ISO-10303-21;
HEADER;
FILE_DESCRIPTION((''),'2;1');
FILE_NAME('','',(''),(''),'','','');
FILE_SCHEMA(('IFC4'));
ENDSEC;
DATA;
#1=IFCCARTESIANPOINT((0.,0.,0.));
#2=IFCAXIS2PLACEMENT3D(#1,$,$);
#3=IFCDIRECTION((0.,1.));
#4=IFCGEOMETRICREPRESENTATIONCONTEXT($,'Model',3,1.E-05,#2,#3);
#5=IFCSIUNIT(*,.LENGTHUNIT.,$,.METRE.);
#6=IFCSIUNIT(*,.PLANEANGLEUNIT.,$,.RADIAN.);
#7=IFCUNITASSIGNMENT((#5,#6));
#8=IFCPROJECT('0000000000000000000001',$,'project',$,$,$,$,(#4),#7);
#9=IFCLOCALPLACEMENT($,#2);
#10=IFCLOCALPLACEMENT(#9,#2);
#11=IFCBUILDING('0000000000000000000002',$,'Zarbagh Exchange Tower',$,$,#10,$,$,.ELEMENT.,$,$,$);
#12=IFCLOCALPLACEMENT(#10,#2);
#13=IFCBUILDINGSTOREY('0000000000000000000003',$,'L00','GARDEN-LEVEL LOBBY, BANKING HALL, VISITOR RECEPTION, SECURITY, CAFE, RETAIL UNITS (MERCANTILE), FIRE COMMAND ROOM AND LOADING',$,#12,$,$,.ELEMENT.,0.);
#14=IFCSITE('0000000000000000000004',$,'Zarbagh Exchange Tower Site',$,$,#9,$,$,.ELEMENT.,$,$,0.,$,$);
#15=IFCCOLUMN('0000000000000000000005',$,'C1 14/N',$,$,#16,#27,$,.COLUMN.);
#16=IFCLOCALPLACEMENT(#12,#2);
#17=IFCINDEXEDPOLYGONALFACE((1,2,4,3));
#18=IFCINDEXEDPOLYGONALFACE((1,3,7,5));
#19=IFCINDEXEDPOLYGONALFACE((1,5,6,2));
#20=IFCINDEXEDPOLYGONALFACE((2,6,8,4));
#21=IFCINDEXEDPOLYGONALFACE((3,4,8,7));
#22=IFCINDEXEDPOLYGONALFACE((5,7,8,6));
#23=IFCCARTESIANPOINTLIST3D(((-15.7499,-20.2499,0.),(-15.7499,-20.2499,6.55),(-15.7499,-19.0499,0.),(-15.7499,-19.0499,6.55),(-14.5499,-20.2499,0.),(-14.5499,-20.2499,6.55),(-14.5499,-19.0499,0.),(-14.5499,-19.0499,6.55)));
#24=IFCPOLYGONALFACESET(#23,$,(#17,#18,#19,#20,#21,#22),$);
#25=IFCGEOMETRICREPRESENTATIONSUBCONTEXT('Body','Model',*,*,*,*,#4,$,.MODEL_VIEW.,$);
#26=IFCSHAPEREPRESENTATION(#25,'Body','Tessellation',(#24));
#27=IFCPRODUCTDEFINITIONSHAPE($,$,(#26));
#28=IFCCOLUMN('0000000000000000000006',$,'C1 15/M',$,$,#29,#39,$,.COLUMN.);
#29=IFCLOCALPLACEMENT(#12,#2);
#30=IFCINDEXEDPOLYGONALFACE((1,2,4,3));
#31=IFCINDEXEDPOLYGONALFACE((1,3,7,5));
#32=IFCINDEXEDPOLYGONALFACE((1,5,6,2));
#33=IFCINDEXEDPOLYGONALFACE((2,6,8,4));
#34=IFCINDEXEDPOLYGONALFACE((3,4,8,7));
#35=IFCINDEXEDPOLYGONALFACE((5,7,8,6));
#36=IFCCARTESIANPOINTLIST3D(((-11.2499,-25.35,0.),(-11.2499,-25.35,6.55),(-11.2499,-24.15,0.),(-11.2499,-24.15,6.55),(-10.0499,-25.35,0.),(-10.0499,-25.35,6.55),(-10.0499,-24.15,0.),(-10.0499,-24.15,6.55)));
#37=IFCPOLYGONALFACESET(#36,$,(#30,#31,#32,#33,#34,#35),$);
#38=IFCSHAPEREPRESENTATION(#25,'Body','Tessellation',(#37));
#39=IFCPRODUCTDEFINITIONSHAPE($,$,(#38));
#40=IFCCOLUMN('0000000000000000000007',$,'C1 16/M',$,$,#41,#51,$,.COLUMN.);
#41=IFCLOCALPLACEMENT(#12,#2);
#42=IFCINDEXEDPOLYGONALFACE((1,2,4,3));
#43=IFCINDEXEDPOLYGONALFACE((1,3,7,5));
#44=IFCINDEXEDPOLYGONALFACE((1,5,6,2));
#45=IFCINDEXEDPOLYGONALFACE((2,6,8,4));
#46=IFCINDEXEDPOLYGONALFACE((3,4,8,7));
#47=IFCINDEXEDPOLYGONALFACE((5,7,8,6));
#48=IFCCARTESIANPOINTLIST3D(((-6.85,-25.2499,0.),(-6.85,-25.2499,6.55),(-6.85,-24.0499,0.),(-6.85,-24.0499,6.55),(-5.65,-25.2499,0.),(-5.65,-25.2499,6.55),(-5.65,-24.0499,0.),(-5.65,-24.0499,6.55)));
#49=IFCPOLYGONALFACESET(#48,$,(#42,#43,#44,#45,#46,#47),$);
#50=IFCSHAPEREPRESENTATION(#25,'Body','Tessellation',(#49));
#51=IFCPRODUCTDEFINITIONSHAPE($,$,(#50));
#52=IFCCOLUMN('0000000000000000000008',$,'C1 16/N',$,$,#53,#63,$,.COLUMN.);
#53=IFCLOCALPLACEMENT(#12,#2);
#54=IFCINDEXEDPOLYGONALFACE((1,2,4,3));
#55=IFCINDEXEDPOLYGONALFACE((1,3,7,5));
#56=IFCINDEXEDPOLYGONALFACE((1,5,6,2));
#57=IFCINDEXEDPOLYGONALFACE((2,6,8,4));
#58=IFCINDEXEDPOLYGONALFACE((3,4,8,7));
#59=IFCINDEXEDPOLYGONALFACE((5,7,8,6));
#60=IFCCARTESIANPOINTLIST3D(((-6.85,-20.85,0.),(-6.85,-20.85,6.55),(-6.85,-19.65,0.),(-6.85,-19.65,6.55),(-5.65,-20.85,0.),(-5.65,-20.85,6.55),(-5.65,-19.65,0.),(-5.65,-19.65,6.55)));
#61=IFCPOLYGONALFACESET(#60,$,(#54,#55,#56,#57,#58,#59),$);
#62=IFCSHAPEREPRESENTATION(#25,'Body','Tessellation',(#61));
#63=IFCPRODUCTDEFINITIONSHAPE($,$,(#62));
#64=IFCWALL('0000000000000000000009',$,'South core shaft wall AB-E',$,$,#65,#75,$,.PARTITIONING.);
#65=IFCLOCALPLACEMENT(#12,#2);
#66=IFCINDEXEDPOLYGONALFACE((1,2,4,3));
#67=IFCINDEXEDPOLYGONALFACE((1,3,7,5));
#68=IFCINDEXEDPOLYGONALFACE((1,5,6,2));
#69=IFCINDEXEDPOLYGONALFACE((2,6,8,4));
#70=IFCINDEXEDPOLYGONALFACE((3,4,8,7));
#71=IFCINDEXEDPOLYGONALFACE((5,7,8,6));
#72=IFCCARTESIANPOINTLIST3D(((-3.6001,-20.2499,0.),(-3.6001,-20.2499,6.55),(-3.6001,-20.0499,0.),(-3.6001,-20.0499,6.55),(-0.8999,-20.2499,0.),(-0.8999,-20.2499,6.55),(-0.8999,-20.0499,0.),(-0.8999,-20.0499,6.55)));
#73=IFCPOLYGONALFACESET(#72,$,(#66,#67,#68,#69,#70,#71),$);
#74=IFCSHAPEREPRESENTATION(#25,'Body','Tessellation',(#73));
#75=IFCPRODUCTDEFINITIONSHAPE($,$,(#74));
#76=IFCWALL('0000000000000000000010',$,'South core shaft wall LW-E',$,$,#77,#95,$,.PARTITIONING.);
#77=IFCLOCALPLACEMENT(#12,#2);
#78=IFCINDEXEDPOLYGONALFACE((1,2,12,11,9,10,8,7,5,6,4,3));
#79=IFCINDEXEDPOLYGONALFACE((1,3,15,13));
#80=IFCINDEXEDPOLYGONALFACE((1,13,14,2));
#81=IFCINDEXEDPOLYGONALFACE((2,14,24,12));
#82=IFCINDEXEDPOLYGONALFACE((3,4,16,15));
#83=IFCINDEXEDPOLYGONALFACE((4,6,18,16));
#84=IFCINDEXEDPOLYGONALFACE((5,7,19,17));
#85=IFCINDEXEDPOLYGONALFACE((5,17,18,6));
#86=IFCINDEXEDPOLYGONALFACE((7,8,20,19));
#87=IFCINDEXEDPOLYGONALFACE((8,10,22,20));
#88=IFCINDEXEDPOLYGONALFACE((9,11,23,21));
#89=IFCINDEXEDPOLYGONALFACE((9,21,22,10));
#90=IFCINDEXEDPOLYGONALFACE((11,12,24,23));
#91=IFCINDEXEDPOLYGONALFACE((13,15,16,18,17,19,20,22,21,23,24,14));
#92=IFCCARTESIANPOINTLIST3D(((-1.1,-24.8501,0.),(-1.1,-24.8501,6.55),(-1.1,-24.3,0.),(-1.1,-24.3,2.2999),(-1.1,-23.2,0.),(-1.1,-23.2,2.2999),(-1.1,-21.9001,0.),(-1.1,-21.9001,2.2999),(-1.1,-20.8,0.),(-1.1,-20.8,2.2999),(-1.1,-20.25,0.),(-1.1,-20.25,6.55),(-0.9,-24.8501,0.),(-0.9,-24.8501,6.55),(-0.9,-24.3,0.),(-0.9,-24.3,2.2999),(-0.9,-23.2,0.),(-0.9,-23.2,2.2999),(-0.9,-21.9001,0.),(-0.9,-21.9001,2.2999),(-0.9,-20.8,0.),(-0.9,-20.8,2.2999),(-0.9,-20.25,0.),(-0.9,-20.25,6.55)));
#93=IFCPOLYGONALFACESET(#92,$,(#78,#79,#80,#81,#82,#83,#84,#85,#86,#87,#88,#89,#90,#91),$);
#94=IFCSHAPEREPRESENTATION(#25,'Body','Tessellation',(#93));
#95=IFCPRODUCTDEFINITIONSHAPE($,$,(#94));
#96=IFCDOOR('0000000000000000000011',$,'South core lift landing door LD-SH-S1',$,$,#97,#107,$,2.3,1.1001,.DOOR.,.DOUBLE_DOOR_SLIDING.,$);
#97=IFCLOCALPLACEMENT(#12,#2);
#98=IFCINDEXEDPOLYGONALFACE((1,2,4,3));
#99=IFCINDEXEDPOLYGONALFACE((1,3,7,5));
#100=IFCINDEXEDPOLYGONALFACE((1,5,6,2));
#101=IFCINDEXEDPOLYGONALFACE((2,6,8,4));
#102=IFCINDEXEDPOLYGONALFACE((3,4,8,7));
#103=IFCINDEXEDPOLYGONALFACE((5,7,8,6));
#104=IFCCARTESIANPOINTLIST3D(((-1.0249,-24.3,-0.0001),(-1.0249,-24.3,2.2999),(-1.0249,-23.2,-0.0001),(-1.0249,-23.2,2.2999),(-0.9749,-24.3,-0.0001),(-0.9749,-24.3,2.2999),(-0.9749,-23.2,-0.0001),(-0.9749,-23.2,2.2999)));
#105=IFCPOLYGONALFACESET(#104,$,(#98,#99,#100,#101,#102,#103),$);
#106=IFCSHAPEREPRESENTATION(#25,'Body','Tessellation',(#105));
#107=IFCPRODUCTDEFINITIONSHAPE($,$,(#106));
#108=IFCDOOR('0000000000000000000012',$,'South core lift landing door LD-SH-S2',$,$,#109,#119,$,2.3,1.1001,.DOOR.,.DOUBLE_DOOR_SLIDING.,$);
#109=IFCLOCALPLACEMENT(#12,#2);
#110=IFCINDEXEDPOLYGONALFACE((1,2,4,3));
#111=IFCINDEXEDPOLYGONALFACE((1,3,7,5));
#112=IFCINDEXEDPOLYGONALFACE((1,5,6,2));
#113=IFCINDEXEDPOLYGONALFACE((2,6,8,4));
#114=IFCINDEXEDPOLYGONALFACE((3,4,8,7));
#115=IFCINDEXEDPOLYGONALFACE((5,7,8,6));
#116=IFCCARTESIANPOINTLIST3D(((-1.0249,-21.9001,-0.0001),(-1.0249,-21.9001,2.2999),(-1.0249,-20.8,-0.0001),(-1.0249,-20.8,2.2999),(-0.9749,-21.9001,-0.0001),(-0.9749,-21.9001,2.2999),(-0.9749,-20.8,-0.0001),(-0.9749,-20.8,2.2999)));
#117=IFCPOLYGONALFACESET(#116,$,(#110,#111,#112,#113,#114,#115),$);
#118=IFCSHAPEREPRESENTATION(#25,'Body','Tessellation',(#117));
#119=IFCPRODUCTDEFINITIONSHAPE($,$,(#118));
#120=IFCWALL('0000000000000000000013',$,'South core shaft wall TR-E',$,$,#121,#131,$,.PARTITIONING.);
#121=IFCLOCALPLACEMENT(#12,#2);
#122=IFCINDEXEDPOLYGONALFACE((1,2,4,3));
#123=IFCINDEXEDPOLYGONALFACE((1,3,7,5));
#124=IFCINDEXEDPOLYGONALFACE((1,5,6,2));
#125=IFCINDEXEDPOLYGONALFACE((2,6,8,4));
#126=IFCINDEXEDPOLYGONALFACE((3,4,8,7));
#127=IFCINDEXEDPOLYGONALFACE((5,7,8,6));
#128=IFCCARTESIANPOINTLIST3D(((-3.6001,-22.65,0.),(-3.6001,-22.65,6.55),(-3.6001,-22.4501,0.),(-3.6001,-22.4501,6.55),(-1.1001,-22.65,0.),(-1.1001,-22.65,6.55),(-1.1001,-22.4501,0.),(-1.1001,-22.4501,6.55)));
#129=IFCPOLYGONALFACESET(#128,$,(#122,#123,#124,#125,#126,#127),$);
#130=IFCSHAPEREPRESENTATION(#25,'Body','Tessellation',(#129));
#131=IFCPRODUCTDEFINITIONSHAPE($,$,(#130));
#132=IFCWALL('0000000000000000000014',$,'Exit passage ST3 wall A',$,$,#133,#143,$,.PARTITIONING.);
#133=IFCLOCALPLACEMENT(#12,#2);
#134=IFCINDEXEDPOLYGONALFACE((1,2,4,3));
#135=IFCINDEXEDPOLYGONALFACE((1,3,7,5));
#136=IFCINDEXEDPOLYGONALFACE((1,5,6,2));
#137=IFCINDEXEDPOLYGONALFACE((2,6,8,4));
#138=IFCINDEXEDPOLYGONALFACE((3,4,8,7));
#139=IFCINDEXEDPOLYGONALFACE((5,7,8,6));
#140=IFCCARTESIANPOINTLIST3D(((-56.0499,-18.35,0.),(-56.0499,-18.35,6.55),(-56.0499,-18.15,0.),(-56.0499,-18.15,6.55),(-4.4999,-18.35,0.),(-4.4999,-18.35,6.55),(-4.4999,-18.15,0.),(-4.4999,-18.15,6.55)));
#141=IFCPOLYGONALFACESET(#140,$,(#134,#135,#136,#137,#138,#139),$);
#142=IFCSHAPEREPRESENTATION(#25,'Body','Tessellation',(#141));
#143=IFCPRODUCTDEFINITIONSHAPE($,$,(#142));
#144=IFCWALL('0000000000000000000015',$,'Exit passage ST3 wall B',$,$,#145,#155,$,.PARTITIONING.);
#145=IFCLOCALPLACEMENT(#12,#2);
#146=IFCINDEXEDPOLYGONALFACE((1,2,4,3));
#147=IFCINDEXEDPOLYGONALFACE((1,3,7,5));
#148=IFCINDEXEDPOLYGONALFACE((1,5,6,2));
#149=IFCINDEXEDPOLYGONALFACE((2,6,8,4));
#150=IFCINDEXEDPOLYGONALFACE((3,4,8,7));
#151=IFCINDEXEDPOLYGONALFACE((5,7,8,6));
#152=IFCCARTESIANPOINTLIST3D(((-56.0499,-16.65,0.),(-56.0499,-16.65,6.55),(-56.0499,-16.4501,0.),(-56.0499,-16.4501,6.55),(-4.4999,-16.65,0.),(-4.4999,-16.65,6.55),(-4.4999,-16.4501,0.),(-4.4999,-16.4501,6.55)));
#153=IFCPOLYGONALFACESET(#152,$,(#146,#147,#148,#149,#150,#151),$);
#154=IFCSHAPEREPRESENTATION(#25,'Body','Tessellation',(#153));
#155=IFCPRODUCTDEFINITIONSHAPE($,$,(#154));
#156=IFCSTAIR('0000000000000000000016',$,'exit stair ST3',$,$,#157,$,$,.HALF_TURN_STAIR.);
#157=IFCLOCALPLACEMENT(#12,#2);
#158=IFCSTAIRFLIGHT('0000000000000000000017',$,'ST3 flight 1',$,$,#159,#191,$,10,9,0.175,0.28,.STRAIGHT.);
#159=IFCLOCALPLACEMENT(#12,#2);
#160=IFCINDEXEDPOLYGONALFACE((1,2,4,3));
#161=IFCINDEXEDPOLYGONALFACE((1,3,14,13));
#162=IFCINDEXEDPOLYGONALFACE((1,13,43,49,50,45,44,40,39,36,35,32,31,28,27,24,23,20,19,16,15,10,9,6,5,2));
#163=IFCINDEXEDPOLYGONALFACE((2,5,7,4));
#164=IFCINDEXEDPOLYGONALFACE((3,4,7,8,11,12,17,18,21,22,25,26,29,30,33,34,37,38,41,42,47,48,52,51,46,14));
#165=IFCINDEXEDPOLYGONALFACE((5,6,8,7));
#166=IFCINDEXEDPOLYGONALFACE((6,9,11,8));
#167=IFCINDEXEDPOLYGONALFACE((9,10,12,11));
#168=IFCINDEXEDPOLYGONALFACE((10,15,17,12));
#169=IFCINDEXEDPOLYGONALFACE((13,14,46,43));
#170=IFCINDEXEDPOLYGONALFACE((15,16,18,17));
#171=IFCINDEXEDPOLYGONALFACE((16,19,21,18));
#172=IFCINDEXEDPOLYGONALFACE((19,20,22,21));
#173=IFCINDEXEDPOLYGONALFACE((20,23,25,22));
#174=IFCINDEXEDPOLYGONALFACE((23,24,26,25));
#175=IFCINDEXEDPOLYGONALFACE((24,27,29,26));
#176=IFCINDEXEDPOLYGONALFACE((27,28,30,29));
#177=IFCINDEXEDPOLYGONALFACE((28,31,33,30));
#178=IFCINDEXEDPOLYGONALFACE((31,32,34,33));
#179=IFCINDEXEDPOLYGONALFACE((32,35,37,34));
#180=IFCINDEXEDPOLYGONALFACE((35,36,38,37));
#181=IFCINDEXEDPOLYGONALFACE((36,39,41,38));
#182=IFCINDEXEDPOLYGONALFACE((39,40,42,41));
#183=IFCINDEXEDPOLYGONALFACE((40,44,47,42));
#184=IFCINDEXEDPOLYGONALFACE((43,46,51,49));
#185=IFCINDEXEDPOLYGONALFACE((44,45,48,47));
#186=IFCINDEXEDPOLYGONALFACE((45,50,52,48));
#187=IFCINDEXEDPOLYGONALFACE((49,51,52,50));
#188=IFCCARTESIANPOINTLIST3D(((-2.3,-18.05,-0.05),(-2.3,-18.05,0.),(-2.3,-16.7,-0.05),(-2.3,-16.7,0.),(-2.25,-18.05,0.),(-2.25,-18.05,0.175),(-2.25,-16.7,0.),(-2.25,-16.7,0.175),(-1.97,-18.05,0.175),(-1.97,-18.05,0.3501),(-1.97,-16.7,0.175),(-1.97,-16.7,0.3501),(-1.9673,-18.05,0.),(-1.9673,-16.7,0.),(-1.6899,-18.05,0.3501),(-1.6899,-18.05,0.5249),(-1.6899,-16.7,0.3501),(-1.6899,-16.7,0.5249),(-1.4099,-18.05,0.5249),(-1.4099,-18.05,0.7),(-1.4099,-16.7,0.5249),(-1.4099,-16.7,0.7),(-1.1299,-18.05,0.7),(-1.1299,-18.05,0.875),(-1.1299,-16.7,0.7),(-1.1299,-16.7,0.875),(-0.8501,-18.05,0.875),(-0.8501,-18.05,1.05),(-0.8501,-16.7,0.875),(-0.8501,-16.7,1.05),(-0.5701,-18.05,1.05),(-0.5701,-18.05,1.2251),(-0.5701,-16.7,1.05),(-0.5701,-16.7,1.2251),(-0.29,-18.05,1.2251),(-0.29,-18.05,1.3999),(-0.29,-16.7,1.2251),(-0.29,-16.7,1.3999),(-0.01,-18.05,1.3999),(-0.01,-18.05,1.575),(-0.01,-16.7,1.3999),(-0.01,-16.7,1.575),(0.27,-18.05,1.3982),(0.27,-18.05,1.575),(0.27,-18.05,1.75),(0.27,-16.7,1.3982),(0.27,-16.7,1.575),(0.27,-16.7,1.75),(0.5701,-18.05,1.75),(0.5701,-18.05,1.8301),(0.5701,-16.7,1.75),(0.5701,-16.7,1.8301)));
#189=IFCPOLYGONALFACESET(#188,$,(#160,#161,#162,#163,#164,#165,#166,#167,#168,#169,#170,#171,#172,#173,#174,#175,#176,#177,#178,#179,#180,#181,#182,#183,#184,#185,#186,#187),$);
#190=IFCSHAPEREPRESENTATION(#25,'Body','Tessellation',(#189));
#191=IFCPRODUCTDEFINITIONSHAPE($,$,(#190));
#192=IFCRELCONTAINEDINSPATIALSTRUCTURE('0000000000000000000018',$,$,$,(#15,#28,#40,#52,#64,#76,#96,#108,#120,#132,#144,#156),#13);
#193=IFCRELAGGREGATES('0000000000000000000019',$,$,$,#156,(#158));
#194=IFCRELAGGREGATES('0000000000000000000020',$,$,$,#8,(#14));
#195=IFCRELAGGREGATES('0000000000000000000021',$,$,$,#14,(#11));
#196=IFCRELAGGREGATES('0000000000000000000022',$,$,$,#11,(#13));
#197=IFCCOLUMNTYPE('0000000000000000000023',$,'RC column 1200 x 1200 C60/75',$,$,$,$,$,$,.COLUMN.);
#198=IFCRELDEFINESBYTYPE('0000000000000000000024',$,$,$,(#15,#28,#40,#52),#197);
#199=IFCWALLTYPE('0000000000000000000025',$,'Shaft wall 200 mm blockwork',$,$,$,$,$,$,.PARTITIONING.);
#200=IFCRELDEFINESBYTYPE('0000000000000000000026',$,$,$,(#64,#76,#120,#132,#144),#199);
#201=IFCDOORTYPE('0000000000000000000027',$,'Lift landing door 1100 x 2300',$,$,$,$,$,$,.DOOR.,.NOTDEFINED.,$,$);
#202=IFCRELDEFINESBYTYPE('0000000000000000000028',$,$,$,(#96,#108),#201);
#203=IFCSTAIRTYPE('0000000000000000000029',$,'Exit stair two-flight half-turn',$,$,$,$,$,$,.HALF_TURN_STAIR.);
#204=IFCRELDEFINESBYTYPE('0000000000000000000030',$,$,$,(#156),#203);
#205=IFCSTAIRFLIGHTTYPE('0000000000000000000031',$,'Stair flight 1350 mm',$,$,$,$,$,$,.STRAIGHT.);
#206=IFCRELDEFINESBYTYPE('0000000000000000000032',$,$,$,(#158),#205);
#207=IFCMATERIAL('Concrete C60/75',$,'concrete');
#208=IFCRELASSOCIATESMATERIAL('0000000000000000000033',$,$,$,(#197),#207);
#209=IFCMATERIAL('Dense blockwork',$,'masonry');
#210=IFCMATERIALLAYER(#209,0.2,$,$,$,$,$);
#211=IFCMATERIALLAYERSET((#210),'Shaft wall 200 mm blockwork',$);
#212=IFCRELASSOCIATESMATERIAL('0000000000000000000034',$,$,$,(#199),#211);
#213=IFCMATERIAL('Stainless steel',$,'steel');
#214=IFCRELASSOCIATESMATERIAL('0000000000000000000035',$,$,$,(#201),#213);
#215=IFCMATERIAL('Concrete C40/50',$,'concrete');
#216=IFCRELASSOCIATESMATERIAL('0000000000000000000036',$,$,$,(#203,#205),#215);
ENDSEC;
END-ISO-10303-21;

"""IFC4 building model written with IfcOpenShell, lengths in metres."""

from ifc_helpers import new_model, si_unit, direction, frame, frame_2d, origin, origin_2d, place, context, subcontext, project, spatial, polyline, rectangle, outline, extrude, material, layer, layer_set, material_profile, profile_set, type_object, element, fill, aggregate, save


model = new_model("IFC4")

# Units and contexts
model_context = context("Model", 3, precision=1e-05, world=origin(), true_north=direction((0.0, 1.0)))
body_context = subcontext(model_context, "Body", "Model", "MODEL_VIEW")
ifc_project = project(units=[si_unit("LENGTHUNIT", "METRE"), si_unit("PLANEANGLEUNIT", "RADIAN")], contexts=[model_context])

# Site, building, storey
site_placement = place(None, origin())
site = spatial("IfcSite", under=ifc_project, at=site_placement, Name="Zarbagh Exchange Tower Site", CompositionType="ELEMENT", RefElevation=0.0)
building_placement = place(site_placement, origin())
building = spatial("IfcBuilding", under=site, at=building_placement, Name="Zarbagh Exchange Tower", CompositionType="ELEMENT")
storey_placement = place(building_placement, origin())
storey = spatial("IfcBuildingStorey", under=building, at=storey_placement, Name="L00", Description="GARDEN-LEVEL LOBBY, BANKING HALL, VISITOR RECEPTION, SECURITY, CAFE, RETAIL UNITS (MERCANTILE), FIRE COMMAND ROOM AND LOADING", CompositionType="ELEMENT", Elevation=0.0)

# Columns
ifc_material_1 = material(Name="Concrete C60/75", Category="concrete")
ifc_material_profile = material_profile(ifc_material_1, rectangle(XDim=1.2, YDim=1.2, at=origin_2d()), Name="RC column 1200 x 1200 C60/75")
ifc_profile_set = profile_set([ifc_material_profile], Name="Concrete C60/75")
column_type = type_object("IfcColumnType", Name="RC column 1200 x 1200 C60/75", PredefinedType="COLUMN", material=ifc_profile_set)
for number, where, z_axis, x_axis, name in (
    (1, (-15.1499, -19.6499, 0.0), (0.0, 0.0, 1.0), (1.0, 0.0, 0.0), "C1 14/N"),
    (2, (-10.6499, -24.75, 0.0), (0.0, 0.0, 1.0), (1.0, 0.0, 0.0), "C1 15/M"),
    (3, (-6.25, -24.6499, 0.0), (0.0, 0.0, 1.0), (1.0, 0.0, 0.0), "C1 16/M"),
    (4, (-6.25, -20.25, 0.0), (0.0, 0.0, 1.0), (1.0, 0.0, 0.0), "C1 16/N"),
):
    element("IfcColumn", number, at=place(storey_placement, frame(where, z_axis=z_axis, x_axis=x_axis)), inside=storey, type_object=column_type, Name=name, PredefinedType="COLUMN", context=body_context, shape_type="SweptSolid", body=[
        extrude(rectangle(XDim=1.2, YDim=1.2, at=origin_2d()), origin(), (0.0, 0.0, 1.0), 6.55),
    ])

# Wall
ifc_material_2 = material(Name="Dense blockwork", Category="masonry")
ifc_layer = layer(ifc_material_2, 0.2)
ifc_layer_set = layer_set([ifc_layer], Name="Shaft wall 200 mm blockwork")
wall_type = type_object("IfcWallType", Name="Shaft wall 200 mm blockwork", PredefinedType="PARTITIONING", material=ifc_layer_set)
wall_1_placement = place(storey_placement, frame((-0.8999, -20.1499, 0.0), z_axis=(0.0, 0.0, 1.0), x_axis=(-1.0, 0.0, 0.0)))
element("IfcWall", 5, at=wall_1_placement, inside=storey, type_object=wall_type, Name="South core shaft wall AB-E", PredefinedType="PARTITIONING", context=body_context, shape_type="SweptSolid", body=[
    extrude(rectangle(XDim=2.7002, YDim=0.2, at=frame_2d((1.3501, 0.0))), origin(), (0.0, 0.0, 1.0), 6.55),
])

# Wall, openings, doors
wall_2_placement = place(storey_placement, frame((-1.0, -24.8501, 0.0), z_axis=(0.0, 0.0, 1.0), x_axis=(0.0, 1.0, 0.0)))
wall_2 = element("IfcWall", 6, at=wall_2_placement, inside=storey, type_object=wall_type, Name="South core shaft wall LW-E", PredefinedType="PARTITIONING", context=body_context, shape_type="SweptSolid", body=[
    extrude(rectangle(XDim=4.6001, YDim=0.2, at=frame_2d((2.3, 0.0))), origin(), (0.0, 0.0, 1.0), 6.55),
])
opening_1_placement = place(wall_2_placement, frame((0.55, 0.0, 0.0)))
opening_1 = element("IfcOpeningElement", 7, at=opening_1_placement, cuts=wall_2, PredefinedType="OPENING", context=body_context, shape_type="SweptSolid", body=[
    extrude(rectangle(XDim=1.1001, YDim=2.3, at=frame_2d((0.55, 1.1499))), frame((0.0, 0.1099, 0.0), z_axis=(0.0, -1.0, 0.0), x_axis=(1.0, 0.0, 0.0)), (0.0, 0.0, 1.0), 0.22),
])
opening_2_placement = place(wall_2_placement, frame((2.95, 0.0, 0.0)))
opening_2 = element("IfcOpeningElement", 8, at=opening_2_placement, cuts=wall_2, PredefinedType="OPENING", context=body_context, shape_type="SweptSolid", body=[
    extrude(rectangle(XDim=1.1001, YDim=2.3, at=frame_2d((0.55, 1.1499))), frame((0.0, 0.1099, 0.0), z_axis=(0.0, -1.0, 0.0), x_axis=(1.0, 0.0, 0.0)), (0.0, 0.0, 1.0), 0.22),
])
ifc_material_3 = material(Name="Stainless steel", Category="steel")
door_type = type_object("IfcDoorType", Name="Lift landing door 1100 x 2300", OperationType="NOTDEFINED", PredefinedType="DOOR", material=ifc_material_3)
door_1_placement = place(opening_1_placement, origin())
door_1 = element("IfcDoor", 9, at=door_1_placement, inside=storey, type_object=door_type, Name="South core lift landing door LD-SH-S1", OperationType="DOUBLE_DOOR_SLIDING", OverallHeight=2.3, OverallWidth=1.1001, PredefinedType="DOOR", context=body_context, shape_type="SweptSolid", body=[
    extrude(rectangle(XDim=1.1001, YDim=2.3, at=frame_2d((0.55, 1.1499))), frame((0.0, 0.0249, 0.0), z_axis=(0.0, -1.0, 0.0), x_axis=(1.0, 0.0, 0.0)), (0.0, 0.0, 1.0), 0.05),
])
fill(opening_1, door_1)
door_2_placement = place(opening_2_placement, origin())
door_2 = element("IfcDoor", 10, at=door_2_placement, inside=storey, type_object=door_type, Name="South core lift landing door LD-SH-S2", OperationType="DOUBLE_DOOR_SLIDING", OverallHeight=2.3, OverallWidth=1.1001, PredefinedType="DOOR", context=body_context, shape_type="SweptSolid", body=[
    extrude(rectangle(XDim=1.1001, YDim=2.3, at=frame_2d((0.55, 1.1499))), frame((0.0, 0.0249, 0.0), z_axis=(0.0, -1.0, 0.0), x_axis=(1.0, 0.0, 0.0)), (0.0, 0.0, 1.0), 0.05),
])
fill(opening_2, door_2)

# Walls
wall_3_placement = place(storey_placement, frame((-1.1001, -22.55, 0.0), z_axis=(0.0, 0.0, 1.0), x_axis=(-1.0, 0.0, 0.0)))
element("IfcWall", 11, at=wall_3_placement, inside=storey, type_object=wall_type, Name="South core shaft wall TR-E", PredefinedType="PARTITIONING", context=body_context, shape_type="SweptSolid", body=[
    extrude(rectangle(XDim=2.5, YDim=0.2, at=frame_2d((1.25, 0.0))), origin(), (0.0, 0.0, 1.0), 6.55),
])
for number, where, z_axis, x_axis, name in (
    (12, (-4.5, -18.25, 0.0), (0.0, 0.0, 1.0), (-1.0, 0.0, 0.0), "Exit passage ST3 wall A"),
    (13, (-4.5, -16.55, 0.0), (0.0, 0.0, 1.0), (-1.0, 0.0, 0.0), "Exit passage ST3 wall B"),
):
    element("IfcWall", number, at=place(storey_placement, frame(where, z_axis=z_axis, x_axis=x_axis)), inside=storey, type_object=wall_type, Name=name, PredefinedType="PARTITIONING", context=body_context, shape_type="SweptSolid", body=[
        extrude(rectangle(XDim=51.55, YDim=0.2, at=frame_2d((25.7749, 0.0))), origin(), (0.0, 0.0, 1.0), 6.55),
    ])

# Stair, stair flight
ifc_material_4 = material(Name="Concrete C40/50", Category="concrete")
stair_type = type_object("IfcStairType", Name="Exit stair two-flight half-turn", PredefinedType="HALF_TURN_STAIR", material=ifc_material_4)
stair_placement = place(storey_placement, origin())
stair = element("IfcStair", 14, at=stair_placement, inside=storey, type_object=stair_type, Name="exit stair ST3", PredefinedType="HALF_TURN_STAIR")
stair_flight_type = type_object("IfcStairFlightType", Name="Stair flight 1350 mm", PredefinedType="STRAIGHT", material=ifc_material_4)
stair_flight_1_placement = place(storey_placement, frame((-2.25, -17.375, 0.0), z_axis=(0.0, 0.0, 1.0), x_axis=(1.0, 0.0, 0.0)))
stair_flight_1 = element("IfcStairFlight", 15, at=stair_flight_1_placement, type_object=stair_flight_type, Name="ST3 flight 1", NumberOfRisers=10, NumberOfTreads=9, PredefinedType="STRAIGHT", RiserHeight=0.175, TreadLength=0.28, context=body_context, shape_type="SweptSolid", body=[
    extrude(outline(polyline([(-0.05, -0.05), (-0.05, 0.0), (0.0, 0.0), (0.0, 0.175), (0.28, 0.175), (0.28, 0.3501), (0.5601, 0.3501), (0.5601, 0.5249), (0.8401, 0.5249), (0.8401, 0.7), (1.1201, 0.7), (1.1201, 0.875), (1.3999, 0.875), (1.3999, 1.05), (1.6799, 1.05), (1.6799, 1.2251), (1.96, 1.2251), (1.96, 1.3999), (2.24, 1.3999), (2.24, 1.575), (2.52, 1.575), (2.52, 1.75), (2.8201, 1.8301), (2.8201, 1.75), (2.52, 1.3982), (0.2827, 0.0), (-0.05, -0.05)])), frame((0.0, 0.675, 0.0), z_axis=(0.0, -1.0, 0.0), x_axis=(1.0, 0.0, 0.0)), (0.0, 0.0, 1.0), 1.3501),
])
aggregate(stair, [stair_flight_1])

save(model, "model.ifc")
